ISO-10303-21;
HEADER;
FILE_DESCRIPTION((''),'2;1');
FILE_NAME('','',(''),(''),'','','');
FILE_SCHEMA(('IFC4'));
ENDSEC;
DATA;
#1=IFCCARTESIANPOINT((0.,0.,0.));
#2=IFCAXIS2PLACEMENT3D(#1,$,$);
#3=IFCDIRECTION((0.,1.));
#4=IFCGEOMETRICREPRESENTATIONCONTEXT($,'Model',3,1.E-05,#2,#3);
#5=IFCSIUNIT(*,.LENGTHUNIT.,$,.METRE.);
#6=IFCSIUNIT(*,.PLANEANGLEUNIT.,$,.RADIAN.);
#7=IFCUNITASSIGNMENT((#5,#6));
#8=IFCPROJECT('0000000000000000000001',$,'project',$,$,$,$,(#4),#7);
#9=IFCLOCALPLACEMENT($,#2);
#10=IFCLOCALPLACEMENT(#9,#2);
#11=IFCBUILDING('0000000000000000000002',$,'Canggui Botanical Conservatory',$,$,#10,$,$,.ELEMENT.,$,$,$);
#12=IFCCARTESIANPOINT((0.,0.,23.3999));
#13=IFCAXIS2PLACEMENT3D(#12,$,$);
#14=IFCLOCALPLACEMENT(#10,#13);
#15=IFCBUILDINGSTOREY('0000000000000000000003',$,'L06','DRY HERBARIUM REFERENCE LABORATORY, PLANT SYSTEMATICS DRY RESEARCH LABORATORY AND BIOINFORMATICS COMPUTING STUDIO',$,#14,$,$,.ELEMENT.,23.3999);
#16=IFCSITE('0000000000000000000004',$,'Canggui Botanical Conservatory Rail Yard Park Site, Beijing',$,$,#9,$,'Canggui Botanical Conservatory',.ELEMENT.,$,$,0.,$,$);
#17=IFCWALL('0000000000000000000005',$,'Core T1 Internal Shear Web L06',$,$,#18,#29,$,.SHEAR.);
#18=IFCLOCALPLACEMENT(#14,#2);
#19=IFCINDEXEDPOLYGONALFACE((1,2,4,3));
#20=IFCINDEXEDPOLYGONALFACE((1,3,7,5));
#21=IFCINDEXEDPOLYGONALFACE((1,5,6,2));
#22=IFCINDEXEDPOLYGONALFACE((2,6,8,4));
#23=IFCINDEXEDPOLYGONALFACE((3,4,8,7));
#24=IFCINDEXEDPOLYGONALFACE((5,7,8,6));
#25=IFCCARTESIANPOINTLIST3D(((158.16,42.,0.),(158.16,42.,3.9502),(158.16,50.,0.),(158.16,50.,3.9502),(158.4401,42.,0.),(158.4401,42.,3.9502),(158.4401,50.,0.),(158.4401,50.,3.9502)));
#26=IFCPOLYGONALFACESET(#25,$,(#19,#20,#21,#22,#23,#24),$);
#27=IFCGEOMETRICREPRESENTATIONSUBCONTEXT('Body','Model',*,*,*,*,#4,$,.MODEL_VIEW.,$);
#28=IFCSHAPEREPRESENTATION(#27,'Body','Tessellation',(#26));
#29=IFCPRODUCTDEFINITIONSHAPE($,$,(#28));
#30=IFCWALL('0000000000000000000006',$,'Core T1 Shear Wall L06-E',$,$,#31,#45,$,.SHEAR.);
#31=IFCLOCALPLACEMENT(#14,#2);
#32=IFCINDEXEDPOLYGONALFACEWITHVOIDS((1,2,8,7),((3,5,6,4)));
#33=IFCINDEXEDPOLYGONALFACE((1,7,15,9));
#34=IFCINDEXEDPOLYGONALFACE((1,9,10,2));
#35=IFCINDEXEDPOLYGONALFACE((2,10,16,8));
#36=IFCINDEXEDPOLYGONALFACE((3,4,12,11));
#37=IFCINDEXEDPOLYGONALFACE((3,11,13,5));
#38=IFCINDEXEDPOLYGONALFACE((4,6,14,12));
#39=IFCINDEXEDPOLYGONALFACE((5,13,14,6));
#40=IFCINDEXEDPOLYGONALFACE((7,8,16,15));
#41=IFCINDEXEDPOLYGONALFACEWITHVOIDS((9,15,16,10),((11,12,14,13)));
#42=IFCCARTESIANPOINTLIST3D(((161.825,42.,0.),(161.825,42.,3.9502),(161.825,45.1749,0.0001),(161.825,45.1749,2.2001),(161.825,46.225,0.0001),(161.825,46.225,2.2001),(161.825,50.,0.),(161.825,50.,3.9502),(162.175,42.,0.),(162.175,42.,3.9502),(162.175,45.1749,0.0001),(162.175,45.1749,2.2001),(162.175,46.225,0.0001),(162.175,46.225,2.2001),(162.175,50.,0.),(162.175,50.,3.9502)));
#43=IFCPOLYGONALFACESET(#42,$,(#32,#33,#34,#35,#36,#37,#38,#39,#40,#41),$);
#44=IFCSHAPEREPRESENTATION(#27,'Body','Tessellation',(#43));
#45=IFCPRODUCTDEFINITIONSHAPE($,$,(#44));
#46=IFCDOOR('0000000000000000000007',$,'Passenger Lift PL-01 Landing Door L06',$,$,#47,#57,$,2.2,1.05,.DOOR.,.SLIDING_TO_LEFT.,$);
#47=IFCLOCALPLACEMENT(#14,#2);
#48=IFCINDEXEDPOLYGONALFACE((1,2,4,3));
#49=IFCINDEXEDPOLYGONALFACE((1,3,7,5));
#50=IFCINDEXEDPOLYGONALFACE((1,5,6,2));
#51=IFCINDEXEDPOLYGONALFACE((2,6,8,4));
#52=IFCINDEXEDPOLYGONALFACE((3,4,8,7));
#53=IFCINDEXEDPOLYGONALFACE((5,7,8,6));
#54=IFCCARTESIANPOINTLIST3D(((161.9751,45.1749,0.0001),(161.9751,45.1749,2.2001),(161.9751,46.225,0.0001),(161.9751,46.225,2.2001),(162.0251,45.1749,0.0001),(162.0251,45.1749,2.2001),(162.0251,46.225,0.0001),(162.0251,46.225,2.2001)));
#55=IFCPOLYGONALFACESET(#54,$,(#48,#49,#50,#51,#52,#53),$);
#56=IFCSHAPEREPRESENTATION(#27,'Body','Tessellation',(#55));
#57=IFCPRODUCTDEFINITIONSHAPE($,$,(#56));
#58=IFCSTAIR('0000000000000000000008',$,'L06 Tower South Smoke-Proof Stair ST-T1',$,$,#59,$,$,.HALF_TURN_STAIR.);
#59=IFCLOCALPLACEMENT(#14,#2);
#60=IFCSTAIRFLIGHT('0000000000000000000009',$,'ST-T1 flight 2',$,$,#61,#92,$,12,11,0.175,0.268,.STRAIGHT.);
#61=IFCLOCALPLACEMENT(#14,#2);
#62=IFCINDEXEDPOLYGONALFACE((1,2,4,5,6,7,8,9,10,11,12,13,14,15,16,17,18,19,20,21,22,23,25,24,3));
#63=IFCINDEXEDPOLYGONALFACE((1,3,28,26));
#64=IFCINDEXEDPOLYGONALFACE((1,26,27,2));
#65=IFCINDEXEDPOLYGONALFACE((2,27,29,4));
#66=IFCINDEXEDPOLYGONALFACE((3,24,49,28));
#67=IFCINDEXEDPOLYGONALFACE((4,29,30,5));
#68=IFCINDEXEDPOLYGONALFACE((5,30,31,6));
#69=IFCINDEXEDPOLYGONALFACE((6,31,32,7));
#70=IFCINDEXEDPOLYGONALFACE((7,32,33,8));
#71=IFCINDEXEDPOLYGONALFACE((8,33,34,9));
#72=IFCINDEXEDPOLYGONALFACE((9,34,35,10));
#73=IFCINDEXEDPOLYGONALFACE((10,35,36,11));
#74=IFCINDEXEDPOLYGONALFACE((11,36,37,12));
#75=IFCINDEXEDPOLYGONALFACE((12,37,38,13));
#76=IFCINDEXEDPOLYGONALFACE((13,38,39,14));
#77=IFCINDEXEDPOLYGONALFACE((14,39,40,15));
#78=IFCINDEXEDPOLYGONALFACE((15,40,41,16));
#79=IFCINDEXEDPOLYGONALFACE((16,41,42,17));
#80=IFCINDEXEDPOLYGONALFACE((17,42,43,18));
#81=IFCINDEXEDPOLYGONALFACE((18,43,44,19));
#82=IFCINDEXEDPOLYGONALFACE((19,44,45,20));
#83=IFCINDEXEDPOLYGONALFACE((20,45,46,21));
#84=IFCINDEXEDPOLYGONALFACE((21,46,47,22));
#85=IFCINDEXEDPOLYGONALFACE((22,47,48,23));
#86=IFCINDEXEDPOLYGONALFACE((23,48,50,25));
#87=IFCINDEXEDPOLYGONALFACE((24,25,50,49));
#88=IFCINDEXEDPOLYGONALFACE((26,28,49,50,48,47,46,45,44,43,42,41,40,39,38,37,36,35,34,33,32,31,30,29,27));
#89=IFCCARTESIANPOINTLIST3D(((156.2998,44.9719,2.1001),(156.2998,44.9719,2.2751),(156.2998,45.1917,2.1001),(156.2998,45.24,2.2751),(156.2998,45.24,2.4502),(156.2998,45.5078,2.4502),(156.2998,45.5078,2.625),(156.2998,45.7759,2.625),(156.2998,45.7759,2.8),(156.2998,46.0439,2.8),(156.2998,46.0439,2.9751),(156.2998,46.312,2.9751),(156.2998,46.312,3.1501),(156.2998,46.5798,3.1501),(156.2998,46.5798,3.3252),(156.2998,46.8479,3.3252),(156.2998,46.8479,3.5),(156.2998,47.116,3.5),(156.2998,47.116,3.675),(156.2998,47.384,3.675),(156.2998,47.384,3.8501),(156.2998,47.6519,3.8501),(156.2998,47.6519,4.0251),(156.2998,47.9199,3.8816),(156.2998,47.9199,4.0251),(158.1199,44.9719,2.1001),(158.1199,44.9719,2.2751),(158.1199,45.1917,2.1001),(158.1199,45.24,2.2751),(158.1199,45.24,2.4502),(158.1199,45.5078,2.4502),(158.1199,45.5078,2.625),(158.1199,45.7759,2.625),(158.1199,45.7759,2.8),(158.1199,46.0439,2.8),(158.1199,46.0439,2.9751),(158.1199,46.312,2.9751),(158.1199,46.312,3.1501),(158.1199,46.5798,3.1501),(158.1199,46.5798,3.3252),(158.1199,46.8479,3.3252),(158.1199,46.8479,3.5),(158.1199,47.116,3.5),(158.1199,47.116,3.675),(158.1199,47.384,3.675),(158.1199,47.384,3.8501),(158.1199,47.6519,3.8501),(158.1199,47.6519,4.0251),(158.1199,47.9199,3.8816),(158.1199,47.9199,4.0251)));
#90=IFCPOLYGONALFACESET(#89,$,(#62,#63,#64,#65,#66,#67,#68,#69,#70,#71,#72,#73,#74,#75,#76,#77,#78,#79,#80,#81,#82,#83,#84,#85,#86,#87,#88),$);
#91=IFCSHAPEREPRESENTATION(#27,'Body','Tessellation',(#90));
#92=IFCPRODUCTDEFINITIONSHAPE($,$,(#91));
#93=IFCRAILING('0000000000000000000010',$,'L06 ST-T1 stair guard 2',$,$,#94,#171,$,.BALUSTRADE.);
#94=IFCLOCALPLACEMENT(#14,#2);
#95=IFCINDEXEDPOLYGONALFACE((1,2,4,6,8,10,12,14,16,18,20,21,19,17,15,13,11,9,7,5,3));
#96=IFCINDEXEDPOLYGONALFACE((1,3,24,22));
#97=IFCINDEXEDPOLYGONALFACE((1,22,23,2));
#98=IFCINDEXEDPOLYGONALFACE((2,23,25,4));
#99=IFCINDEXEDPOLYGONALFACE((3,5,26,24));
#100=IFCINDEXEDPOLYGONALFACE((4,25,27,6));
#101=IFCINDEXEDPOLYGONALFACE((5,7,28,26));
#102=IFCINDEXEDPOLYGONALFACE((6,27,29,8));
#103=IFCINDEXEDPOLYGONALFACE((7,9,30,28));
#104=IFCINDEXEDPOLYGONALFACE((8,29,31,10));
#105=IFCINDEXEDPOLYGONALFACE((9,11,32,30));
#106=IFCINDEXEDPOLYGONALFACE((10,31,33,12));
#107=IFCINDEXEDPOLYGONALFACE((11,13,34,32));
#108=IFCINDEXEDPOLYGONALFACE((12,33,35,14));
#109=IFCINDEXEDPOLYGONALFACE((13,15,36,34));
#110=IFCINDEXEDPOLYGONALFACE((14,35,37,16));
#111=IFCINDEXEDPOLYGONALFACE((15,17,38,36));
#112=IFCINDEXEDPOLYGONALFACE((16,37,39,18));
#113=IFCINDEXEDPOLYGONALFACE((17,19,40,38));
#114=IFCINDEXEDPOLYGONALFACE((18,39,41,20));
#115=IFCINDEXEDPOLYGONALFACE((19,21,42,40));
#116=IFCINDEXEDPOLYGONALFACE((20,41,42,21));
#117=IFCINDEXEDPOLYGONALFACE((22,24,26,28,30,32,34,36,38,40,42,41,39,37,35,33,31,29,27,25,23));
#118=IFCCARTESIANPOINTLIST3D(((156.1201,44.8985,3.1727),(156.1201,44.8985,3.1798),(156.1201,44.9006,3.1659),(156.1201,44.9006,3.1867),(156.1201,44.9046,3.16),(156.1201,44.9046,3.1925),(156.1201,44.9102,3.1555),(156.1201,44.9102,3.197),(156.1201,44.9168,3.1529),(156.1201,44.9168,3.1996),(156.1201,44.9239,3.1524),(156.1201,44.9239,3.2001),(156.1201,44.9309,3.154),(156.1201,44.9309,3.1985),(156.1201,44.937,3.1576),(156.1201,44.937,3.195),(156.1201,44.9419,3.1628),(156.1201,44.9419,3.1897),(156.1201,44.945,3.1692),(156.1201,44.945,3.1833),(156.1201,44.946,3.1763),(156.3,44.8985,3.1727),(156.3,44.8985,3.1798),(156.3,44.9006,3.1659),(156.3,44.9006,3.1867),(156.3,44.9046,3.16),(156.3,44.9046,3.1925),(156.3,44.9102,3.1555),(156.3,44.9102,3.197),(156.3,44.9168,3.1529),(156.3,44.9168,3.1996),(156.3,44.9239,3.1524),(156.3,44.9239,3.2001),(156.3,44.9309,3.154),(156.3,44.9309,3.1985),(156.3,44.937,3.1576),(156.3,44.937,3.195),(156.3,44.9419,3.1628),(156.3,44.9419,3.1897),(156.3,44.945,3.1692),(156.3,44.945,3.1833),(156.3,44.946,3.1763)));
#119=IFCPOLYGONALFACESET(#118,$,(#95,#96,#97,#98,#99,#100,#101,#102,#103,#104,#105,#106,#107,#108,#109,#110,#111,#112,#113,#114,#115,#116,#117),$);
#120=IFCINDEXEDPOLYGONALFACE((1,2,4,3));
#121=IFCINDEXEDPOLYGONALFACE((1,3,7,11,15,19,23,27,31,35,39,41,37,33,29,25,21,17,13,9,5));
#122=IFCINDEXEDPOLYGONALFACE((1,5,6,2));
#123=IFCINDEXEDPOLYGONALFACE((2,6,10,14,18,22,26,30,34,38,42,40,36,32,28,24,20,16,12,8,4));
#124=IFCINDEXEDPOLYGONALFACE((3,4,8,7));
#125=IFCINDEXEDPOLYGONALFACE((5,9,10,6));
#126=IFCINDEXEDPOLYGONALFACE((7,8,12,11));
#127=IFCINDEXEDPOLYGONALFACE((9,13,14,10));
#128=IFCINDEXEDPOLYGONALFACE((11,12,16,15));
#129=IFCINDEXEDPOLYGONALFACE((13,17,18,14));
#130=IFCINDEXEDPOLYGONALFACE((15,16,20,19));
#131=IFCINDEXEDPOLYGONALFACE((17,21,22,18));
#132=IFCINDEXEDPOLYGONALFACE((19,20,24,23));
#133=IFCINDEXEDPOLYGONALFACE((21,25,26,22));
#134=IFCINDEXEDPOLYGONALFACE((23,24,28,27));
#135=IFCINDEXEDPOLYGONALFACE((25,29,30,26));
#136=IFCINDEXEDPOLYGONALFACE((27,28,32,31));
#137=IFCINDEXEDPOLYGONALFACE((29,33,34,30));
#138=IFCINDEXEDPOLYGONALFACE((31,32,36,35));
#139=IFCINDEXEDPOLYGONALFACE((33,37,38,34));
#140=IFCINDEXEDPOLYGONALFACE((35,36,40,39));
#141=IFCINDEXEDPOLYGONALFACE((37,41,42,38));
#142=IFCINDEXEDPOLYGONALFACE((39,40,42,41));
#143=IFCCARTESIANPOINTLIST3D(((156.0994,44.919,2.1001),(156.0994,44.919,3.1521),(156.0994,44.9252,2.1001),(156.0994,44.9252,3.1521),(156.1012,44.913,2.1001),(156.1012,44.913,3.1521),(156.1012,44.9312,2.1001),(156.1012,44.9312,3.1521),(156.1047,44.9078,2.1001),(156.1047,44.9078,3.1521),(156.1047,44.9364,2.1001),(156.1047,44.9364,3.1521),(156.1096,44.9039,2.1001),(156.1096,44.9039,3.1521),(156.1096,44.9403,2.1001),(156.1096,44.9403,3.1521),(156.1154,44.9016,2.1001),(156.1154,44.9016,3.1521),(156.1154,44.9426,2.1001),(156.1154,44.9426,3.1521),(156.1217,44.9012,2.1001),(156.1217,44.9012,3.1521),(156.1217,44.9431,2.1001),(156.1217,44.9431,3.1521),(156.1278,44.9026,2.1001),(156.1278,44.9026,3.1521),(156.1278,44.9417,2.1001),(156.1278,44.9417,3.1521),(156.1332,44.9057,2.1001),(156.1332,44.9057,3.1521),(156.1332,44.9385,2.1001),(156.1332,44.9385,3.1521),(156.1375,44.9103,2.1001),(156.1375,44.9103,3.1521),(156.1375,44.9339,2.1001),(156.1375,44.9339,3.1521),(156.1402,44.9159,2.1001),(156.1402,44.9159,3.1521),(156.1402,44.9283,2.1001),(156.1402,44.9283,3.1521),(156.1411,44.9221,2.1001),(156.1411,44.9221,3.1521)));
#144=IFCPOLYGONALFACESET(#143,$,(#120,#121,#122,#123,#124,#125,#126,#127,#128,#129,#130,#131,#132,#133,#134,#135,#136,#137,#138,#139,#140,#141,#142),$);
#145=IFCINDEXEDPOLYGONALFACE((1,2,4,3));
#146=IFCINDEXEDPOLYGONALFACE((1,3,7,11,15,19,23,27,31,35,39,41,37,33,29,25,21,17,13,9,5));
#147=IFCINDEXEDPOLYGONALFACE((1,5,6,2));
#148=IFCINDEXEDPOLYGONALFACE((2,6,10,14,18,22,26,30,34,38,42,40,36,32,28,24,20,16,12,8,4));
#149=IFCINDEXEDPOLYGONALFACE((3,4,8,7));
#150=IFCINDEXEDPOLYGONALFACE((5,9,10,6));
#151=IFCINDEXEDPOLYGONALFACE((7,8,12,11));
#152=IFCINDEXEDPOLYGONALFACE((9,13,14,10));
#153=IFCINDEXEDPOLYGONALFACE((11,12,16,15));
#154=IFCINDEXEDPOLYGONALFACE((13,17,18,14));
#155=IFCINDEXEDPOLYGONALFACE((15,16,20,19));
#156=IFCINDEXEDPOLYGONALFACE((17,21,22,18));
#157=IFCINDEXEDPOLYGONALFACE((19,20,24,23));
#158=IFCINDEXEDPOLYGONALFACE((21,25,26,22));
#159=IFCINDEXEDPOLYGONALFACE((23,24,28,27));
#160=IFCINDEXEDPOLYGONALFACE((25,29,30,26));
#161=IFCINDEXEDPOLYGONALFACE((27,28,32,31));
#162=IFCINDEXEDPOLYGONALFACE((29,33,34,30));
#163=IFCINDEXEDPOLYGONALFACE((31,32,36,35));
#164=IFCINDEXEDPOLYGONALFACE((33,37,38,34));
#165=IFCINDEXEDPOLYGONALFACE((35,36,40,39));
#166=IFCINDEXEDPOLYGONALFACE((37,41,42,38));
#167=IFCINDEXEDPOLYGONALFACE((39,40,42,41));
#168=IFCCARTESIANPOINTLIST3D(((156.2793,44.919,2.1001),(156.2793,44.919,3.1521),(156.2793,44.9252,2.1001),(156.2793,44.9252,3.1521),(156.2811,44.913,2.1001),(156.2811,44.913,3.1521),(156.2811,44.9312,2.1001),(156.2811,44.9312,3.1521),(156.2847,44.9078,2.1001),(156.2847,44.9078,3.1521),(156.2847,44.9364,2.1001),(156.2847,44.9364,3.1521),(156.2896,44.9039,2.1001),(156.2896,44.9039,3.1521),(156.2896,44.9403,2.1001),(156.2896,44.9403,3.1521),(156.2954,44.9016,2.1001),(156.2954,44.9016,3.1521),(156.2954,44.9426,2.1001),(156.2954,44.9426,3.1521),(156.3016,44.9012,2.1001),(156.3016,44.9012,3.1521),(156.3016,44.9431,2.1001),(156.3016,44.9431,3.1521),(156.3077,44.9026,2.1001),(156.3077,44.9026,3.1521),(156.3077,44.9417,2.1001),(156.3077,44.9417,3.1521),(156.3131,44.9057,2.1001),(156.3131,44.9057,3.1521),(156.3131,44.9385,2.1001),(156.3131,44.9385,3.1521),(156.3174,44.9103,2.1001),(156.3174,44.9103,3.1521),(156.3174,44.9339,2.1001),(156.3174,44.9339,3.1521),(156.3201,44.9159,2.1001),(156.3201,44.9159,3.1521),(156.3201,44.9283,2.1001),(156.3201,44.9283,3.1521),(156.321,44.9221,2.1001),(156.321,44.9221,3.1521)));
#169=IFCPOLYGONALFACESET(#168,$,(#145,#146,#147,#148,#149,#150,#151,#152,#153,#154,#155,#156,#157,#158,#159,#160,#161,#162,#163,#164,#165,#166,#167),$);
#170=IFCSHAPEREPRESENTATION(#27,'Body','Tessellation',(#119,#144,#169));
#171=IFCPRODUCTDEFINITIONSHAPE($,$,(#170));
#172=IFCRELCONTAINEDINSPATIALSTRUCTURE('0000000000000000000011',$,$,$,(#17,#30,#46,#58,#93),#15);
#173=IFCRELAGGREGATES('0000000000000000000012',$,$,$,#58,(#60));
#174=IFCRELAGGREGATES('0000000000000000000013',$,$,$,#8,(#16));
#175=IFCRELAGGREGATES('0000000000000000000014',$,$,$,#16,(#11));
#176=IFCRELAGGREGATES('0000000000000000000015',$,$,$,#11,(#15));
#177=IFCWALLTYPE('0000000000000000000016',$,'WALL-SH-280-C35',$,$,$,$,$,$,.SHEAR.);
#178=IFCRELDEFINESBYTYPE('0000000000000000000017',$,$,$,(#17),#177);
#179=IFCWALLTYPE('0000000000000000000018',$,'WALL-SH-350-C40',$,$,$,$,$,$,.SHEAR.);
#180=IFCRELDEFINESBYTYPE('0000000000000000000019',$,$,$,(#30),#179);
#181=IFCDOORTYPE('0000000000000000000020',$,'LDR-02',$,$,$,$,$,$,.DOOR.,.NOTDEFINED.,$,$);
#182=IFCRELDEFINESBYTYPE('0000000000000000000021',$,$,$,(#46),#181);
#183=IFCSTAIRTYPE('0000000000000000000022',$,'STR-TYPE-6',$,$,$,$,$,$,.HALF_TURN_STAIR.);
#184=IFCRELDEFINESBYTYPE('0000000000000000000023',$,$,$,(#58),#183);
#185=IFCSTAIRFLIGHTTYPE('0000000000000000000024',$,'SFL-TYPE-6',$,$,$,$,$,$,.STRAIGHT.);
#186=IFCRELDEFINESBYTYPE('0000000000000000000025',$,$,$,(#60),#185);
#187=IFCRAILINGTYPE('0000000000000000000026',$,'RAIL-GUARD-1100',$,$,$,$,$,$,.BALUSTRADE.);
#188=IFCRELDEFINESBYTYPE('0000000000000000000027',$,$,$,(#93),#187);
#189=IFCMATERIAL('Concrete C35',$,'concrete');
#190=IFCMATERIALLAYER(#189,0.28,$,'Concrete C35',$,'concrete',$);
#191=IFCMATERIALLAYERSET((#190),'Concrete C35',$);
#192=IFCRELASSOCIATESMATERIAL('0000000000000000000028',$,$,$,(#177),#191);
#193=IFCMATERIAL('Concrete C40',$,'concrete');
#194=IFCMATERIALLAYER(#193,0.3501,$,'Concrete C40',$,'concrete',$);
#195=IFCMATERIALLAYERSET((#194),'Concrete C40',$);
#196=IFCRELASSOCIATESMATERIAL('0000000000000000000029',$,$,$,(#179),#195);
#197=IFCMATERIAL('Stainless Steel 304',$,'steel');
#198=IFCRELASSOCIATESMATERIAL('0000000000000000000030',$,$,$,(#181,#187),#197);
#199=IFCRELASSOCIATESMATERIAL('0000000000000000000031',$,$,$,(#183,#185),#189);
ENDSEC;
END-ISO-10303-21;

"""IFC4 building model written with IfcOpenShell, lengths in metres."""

from ifc_helpers import new_model, si_unit, direction, frame, frame_2d, origin, origin_2d, place, context, subcontext, project, spatial, polyline, rectangle, circle, outline, extrude, material, layer, layer_set, type_object, element, fill, aggregate, save


model = new_model("IFC4")

# Units and contexts
model_context = context("Model", 3, precision=1e-05, world=origin(), true_north=direction((0.0, 1.0)))
body_context = subcontext(model_context, "Body", "Model", "MODEL_VIEW")
ifc_project = project(units=[si_unit("LENGTHUNIT", "METRE"), si_unit("PLANEANGLEUNIT", "RADIAN")], contexts=[model_context])

# Site, building, storey
site_placement = place(None, origin())
site = spatial("IfcSite", under=ifc_project, at=site_placement, Name="Canggui Botanical Conservatory Rail Yard Park Site, Beijing", LongName="Canggui Botanical Conservatory", CompositionType="ELEMENT", RefElevation=0.0)
building_placement = place(site_placement, origin())
building = spatial("IfcBuilding", under=site, at=building_placement, Name="Canggui Botanical Conservatory", CompositionType="ELEMENT")
storey_placement = place(building_placement, frame((0.0, 0.0, 23.3999)))
storey = spatial("IfcBuildingStorey", under=building, at=storey_placement, Name="L06", Description="DRY HERBARIUM REFERENCE LABORATORY, PLANT SYSTEMATICS DRY RESEARCH LABORATORY AND BIOINFORMATICS COMPUTING STUDIO", CompositionType="ELEMENT", Elevation=23.3999)

# Shared definitions
ifc_material_1 = material(Name="Concrete C40", Category="concrete")

# Shared definitions
ifc_material_2 = material(Name="Concrete C35", Category="concrete")

# Wall
ifc_layer_1 = layer(ifc_material_2, 0.28, Name="Concrete C35", Category="concrete")
ifc_layer_set_1 = layer_set([ifc_layer_1], Name="Concrete C35")
wall_type_1 = type_object("IfcWallType", Name="WALL-SH-280-C35", PredefinedType="SHEAR", material=ifc_layer_set_1)
wall_1_placement = place(storey_placement, frame((158.3, 42.0, 0.0), z_axis=(0.0, 0.0, 1.0), x_axis=(0.0, 1.0, 0.0)))
element("IfcWall", 1, at=wall_1_placement, inside=storey, type_object=wall_type_1, Name="Core T1 Internal Shear Web L06", PredefinedType="SHEAR", context=body_context, shape_type="SweptSolid", body=[
    extrude(rectangle(XDim=8.0, YDim=0.28, at=frame_2d((4.0, 0.0))), origin(), (0.0, 0.0, 1.0), 3.9502),
])

# Wall, opening, door
ifc_layer_2 = layer(ifc_material_1, 0.3501, Name="Concrete C40", Category="concrete")
ifc_layer_set_2 = layer_set([ifc_layer_2], Name="Concrete C40")
wall_type_2 = type_object("IfcWallType", Name="WALL-SH-350-C40", PredefinedType="SHEAR", material=ifc_layer_set_2)
wall_2_placement = place(storey_placement, frame((162.0, 42.0, 0.0), z_axis=(0.0, 0.0, 1.0), x_axis=(0.0, 1.0, 0.0)))
wall_2 = element("IfcWall", 2, at=wall_2_placement, inside=storey, type_object=wall_type_2, Name="Core T1 Shear Wall L06-E", PredefinedType="SHEAR", context=body_context, shape_type="SweptSolid", body=[
    extrude(rectangle(XDim=8.0, YDim=0.3501, at=frame_2d((4.0, 0.0))), origin(), (0.0, 0.0, 1.0), 3.9502),
])
opening_1_placement = place(wall_2_placement, frame((3.175, 0.0, 0.0)))
opening_1 = element("IfcOpeningElement", 3, at=opening_1_placement, cuts=wall_2, PredefinedType="OPENING", context=body_context, shape_type="SweptSolid", body=[
    extrude(rectangle(XDim=1.05, YDim=2.2, at=frame_2d((0.5249, 1.1001))), frame((0.0, 0.1851, 0.0), z_axis=(0.0, -1.0, 0.0), x_axis=(1.0, 0.0, 0.0)), (0.0, 0.0, 1.0), 0.3701),
])
ifc_material_3 = material(Name="Stainless Steel 304", Category="steel")
door_type_1 = type_object("IfcDoorType", Name="LDR-02", OperationType="NOTDEFINED", PredefinedType="DOOR", material=ifc_material_3)
door_1_placement = place(opening_1_placement, origin())
door_1 = element("IfcDoor", 4, at=door_1_placement, inside=storey, type_object=door_type_1, Name="Passenger Lift PL-01 Landing Door L06", OperationType="SLIDING_TO_LEFT", OverallHeight=2.2, OverallWidth=1.05, PredefinedType="DOOR", context=body_context, shape_type="SweptSolid", body=[
    extrude(rectangle(XDim=1.05, YDim=2.2, at=frame_2d((0.5249, 1.1001))), frame((0.0, 0.0249, 0.0), z_axis=(0.0, -1.0, 0.0), x_axis=(1.0, 0.0, 0.0)), (0.0, 0.0, 1.0), 0.05),
])
fill(opening_1, door_1)

# Stair, stair flight
stair_type = type_object("IfcStairType", Name="STR-TYPE-6", PredefinedType="HALF_TURN_STAIR", material=ifc_material_2)
stair_placement = place(storey_placement, origin())
stair = element("IfcStair", 5, at=stair_placement, inside=storey, type_object=stair_type, Name="L06 Tower South Smoke-Proof Stair ST-T1", PredefinedType="HALF_TURN_STAIR")
stair_flight_type = type_object("IfcStairFlightType", Name="SFL-TYPE-6", PredefinedType="STRAIGHT", material=ifc_material_2)
stair_flight_placement = place(storey_placement, frame((157.21, 44.9719, 2.1001), z_axis=(0.0, 0.0, 1.0), x_axis=(0.0, 1.0, 0.0)))
stair_flight = element("IfcStairFlight", 6, at=stair_flight_placement, type_object=stair_flight_type, Name="ST-T1 flight 2", NumberOfRisers=12, NumberOfTreads=11, PredefinedType="STRAIGHT", RiserHeight=0.175, TreadLength=0.268, context=body_context, shape_type="SweptSolid", body=[
    extrude(outline(polyline([(0.0, 0.0), (0.0, 0.175), (0.2681, 0.175), (0.2681, 0.3501), (0.5359, 0.3501), (0.5359, 0.5249), (0.804, 0.5249), (0.804, 0.7), (1.072, 0.7), (1.072, 0.875), (1.3401, 0.875), (1.3401, 1.05), (1.6079, 1.05), (1.6079, 1.2251), (1.876, 1.2251), (1.876, 1.3999), (2.144, 1.3999), (2.144, 1.575), (2.4121, 1.575), (2.4121, 1.75), (2.6799, 1.75), (2.6799, 1.925), (2.948, 1.925), (2.948, 2.1001), (2.948, 1.7815), (0.2197, 0.0), (0.0, 0.0)])), frame((0.0, 0.9102, 0.0), z_axis=(0.0, -1.0, 0.0), x_axis=(1.0, 0.0, 0.0)), (0.0, 0.0, 1.0), 1.8201),
])
aggregate(stair, [stair_flight])

# Railing
railing_type_1 = type_object("IfcRailingType", Name="RAIL-GUARD-1100", PredefinedType="BALUSTRADE", material=ifc_material_3)
railing_1_placement = place(storey_placement, frame((156.1201, 44.9221, 2.1001)))
element("IfcRailing", 7, at=railing_1_placement, inside=storey, type_object=railing_type_1, Name="L06 ST-T1 stair guard 2", PredefinedType="BALUSTRADE", context=body_context, shape_type="SweptSolid", body=[
    extrude(circle(Radius=0.0239, at=origin_2d()), frame((0.0, 0.0, 1.0762), z_axis=(1.0, 0.0, 0.0), x_axis=(0.0, 1.0, 0.0)), (0.0, 0.0, 1.0), 0.1799),
    extrude(circle(Radius=0.021, at=origin_2d()), origin(), (0.0, 0.0, 1.0), 1.052),
    extrude(circle(Radius=0.021, at=origin_2d()), frame((0.1799, 0.0, 0.0)), (0.0, 0.0, 1.0), 1.052),
])

save(model, "model.ifc")
